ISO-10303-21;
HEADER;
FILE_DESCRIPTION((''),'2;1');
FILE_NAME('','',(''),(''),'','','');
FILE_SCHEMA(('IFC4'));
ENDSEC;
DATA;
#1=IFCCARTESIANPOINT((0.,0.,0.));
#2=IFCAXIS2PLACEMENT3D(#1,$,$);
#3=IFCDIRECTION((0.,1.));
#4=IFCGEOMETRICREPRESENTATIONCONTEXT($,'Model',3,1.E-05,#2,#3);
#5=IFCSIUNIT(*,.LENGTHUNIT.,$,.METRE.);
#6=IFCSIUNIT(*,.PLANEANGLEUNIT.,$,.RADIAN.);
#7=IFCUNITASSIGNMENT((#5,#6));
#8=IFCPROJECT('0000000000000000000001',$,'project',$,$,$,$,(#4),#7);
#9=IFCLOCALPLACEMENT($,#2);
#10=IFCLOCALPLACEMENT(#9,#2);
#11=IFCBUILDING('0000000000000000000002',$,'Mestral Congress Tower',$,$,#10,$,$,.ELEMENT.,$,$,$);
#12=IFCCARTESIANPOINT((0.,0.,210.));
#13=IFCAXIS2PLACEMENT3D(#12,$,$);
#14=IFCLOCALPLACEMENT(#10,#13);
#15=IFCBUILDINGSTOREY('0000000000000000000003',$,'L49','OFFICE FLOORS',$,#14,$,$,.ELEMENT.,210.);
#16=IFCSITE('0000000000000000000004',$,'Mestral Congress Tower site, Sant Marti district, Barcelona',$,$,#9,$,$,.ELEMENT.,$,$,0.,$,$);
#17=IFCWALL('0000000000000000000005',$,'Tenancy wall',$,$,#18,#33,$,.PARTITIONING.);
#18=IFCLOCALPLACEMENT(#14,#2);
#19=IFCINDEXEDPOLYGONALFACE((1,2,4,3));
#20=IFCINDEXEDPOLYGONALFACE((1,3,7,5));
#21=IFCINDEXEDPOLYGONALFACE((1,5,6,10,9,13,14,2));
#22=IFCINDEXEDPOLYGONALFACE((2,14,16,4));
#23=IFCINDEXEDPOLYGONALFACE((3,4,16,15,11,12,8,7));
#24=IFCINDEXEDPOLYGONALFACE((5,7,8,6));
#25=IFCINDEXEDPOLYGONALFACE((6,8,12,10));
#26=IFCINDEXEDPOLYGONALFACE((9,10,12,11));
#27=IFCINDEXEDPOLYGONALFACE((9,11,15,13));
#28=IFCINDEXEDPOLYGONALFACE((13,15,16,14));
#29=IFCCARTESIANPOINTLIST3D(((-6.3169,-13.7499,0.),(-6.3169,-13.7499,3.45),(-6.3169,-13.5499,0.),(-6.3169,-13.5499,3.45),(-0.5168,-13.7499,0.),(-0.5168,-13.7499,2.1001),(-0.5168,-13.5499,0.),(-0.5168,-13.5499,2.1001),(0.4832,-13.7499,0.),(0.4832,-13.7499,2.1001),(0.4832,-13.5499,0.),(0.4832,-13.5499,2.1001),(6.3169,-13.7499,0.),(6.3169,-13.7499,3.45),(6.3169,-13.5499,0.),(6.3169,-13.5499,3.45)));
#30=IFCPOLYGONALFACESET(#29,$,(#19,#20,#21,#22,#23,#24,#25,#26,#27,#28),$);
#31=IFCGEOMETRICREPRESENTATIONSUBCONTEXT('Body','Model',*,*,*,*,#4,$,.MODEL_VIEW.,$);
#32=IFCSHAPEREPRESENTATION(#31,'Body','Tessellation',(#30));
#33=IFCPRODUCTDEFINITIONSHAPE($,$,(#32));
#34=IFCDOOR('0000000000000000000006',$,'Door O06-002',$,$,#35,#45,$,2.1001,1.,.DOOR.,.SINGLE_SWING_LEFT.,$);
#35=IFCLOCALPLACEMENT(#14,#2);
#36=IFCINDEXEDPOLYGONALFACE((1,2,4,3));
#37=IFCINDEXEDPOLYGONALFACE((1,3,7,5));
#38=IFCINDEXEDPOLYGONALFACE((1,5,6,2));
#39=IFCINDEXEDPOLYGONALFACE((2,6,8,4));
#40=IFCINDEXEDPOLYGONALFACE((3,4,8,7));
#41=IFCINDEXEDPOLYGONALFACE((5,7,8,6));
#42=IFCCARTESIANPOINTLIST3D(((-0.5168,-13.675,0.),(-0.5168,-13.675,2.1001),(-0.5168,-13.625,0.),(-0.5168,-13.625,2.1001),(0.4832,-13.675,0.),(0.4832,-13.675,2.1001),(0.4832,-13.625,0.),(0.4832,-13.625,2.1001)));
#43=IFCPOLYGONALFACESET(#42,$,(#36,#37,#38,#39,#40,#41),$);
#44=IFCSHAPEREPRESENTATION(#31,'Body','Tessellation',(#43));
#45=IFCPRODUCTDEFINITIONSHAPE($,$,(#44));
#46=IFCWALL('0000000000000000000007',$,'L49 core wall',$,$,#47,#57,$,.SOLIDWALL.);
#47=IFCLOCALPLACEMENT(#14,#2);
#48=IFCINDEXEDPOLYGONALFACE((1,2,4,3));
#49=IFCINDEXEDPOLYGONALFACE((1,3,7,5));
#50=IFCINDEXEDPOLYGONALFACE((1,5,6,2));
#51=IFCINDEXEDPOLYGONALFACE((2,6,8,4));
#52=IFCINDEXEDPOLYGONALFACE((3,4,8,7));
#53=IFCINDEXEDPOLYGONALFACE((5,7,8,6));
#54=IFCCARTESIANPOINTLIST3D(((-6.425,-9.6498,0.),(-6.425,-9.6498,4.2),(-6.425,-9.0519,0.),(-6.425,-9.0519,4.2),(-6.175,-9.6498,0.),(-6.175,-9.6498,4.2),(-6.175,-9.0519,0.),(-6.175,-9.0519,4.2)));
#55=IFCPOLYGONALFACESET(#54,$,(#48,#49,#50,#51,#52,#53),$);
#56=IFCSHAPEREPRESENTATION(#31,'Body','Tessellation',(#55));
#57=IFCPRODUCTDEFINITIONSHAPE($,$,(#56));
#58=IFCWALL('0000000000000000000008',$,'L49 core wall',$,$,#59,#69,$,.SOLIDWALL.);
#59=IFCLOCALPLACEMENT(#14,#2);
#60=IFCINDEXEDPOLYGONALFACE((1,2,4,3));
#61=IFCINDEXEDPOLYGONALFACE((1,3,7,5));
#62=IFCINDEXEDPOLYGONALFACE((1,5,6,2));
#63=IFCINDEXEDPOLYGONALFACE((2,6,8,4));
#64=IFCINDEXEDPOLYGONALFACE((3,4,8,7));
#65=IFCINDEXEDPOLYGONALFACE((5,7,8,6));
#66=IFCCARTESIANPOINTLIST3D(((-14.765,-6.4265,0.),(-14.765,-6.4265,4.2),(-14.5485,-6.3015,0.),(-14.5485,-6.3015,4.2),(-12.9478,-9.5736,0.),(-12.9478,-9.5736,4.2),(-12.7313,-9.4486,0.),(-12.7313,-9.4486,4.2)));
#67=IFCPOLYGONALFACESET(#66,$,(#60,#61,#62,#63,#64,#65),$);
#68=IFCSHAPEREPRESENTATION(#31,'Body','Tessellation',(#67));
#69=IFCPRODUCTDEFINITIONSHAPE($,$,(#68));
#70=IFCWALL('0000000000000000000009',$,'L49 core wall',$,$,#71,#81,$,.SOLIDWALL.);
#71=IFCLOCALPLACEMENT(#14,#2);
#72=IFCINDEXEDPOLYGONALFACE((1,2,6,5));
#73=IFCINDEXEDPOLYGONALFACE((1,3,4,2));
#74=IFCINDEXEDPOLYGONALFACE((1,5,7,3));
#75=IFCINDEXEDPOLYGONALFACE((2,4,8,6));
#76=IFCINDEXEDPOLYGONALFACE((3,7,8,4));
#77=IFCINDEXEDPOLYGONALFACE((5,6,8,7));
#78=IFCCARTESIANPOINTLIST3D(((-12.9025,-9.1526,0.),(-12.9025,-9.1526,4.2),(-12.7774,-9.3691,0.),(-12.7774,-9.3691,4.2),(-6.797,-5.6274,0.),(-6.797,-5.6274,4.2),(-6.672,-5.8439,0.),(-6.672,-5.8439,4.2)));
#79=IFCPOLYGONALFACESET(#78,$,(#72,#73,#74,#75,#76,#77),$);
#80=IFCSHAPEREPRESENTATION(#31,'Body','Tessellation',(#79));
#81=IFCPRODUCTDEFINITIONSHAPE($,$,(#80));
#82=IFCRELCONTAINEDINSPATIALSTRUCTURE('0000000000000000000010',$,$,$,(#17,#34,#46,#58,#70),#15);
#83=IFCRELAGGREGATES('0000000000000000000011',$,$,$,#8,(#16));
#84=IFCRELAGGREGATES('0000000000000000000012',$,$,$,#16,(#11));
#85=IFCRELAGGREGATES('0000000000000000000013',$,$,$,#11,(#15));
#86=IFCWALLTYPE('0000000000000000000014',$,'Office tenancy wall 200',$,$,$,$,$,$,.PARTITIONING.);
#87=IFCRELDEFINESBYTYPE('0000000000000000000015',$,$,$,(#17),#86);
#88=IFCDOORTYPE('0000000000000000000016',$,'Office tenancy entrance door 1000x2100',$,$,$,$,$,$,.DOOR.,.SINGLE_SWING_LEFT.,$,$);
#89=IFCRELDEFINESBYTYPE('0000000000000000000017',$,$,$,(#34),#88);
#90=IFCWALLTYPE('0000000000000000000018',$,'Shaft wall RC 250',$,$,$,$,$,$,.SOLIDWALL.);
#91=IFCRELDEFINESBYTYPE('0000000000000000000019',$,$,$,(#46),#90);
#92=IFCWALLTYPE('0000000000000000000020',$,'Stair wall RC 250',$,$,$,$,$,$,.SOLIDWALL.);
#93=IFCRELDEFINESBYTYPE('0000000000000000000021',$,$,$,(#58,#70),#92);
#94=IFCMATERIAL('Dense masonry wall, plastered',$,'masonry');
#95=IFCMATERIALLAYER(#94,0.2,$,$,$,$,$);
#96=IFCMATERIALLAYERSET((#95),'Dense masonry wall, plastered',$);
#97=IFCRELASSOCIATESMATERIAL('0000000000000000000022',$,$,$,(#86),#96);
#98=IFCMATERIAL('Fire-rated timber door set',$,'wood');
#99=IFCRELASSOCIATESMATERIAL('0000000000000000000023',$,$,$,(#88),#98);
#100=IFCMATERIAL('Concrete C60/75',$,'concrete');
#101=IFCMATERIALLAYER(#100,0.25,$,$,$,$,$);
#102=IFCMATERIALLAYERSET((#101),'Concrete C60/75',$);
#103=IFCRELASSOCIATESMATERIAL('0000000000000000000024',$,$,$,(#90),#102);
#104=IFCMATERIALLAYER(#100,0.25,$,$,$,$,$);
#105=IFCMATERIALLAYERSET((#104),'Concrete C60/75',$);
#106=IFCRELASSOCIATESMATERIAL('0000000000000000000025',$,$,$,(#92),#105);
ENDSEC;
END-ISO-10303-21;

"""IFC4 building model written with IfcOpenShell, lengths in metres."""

from ifc_helpers import new_model, si_unit, direction, frame, frame_2d, origin, place, context, subcontext, project, spatial, rectangle, extrude, material, layer, layer_set, type_object, element, fill, save


model = new_model("IFC4")

# Units and contexts
model_context = context("Model", 3, precision=1e-05, world=origin(), true_north=direction((0.0, 1.0)))
body_context = subcontext(model_context, "Body", "Model", "MODEL_VIEW")
ifc_project = project(units=[si_unit("LENGTHUNIT", "METRE"), si_unit("PLANEANGLEUNIT", "RADIAN")], contexts=[model_context])

# Site, building, storey
site_placement = place(None, origin())
site = spatial("IfcSite", under=ifc_project, at=site_placement, Name="Mestral Congress Tower site, Sant Marti district, Barcelona", CompositionType="ELEMENT", RefElevation=0.0)
building_placement = place(site_placement, origin())
building = spatial("IfcBuilding", under=site, at=building_placement, Name="Mestral Congress Tower", CompositionType="ELEMENT")
storey_placement = place(building_placement, frame((0.0, 0.0, 210.0)))
storey = spatial("IfcBuildingStorey", under=building, at=storey_placement, Name="L49", Description="OFFICE FLOORS", CompositionType="ELEMENT", Elevation=210.0)

# Shared definitions
ifc_material_1 = material(Name="Concrete C60/75", Category="concrete")

# Shared definitions
ifc_material_2 = material(Name="Dense masonry wall, plastered", Category="masonry")
ifc_layer_1 = layer(ifc_material_2, 0.2)
ifc_layer_set_1 = layer_set([ifc_layer_1], Name="Dense masonry wall, plastered")
wall_type_1 = type_object("IfcWallType", Name="Office tenancy wall 200", PredefinedType="PARTITIONING", material=ifc_layer_set_1)

# Wall, opening, door
ifc_material_3 = material(Name="Fire-rated timber door set", Category="wood")
door_type_1 = type_object("IfcDoorType", Name="Office tenancy entrance door 1000x2100", OperationType="SINGLE_SWING_LEFT", PredefinedType="DOOR", material=ifc_material_3)
wall_1_placement = place(storey_placement, frame((-6.3169, -13.6499, 0.0), z_axis=(0.0, 0.0, 1.0), x_axis=(1.0, 0.0, 0.0)))
wall_1 = element("IfcWall", 1, at=wall_1_placement, inside=storey, type_object=wall_type_1, Name="Tenancy wall", PredefinedType="PARTITIONING", context=body_context, shape_type="SweptSolid", body=[
    extrude(rectangle(XDim=12.6338, YDim=0.2, at=frame_2d((6.3169, 0.0))), origin(), (0.0, 0.0, 1.0), 3.45),
])
opening_1_placement = place(wall_1_placement, frame((5.8, 0.0, 0.0)))
opening_1 = element("IfcOpeningElement", 2, at=opening_1_placement, cuts=wall_1, PredefinedType="OPENING", context=body_context, shape_type="SweptSolid", body=[
    extrude(rectangle(XDim=1.0, YDim=2.1001, at=frame_2d((0.5, 1.05))), frame((0.0, 0.1099, 0.0), z_axis=(0.0, -1.0, 0.0), x_axis=(1.0, 0.0, 0.0)), (0.0, 0.0, 1.0), 0.22),
])
door_1_placement = place(opening_1_placement, origin())
door_1 = element("IfcDoor", 3, at=door_1_placement, inside=storey, type_object=door_type_1, Name="Door O06-002", OperationType="SINGLE_SWING_LEFT", OverallHeight=2.1001, OverallWidth=1.0, PredefinedType="DOOR", context=body_context, shape_type="SweptSolid", body=[
    extrude(rectangle(XDim=1.0, YDim=2.1001, at=frame_2d((0.5, 1.05))), frame((0.0, 0.0249, 0.0), z_axis=(0.0, -1.0, 0.0), x_axis=(1.0, 0.0, 0.0)), (0.0, 0.0, 1.0), 0.05),
])
fill(opening_1, door_1)

# Walls
ifc_layer_2 = layer(ifc_material_1, 0.25)
ifc_layer_set_2 = layer_set([ifc_layer_2], Name="Concrete C60/75")
wall_type_2 = type_object("IfcWallType", Name="Shaft wall RC 250", PredefinedType="SOLIDWALL", material=ifc_layer_set_2)
wall_2_placement = place(storey_placement, frame((-6.3, -9.052, 0.0), z_axis=(0.0, 0.0, 1.0), x_axis=(0.0, -1.0, 0.0)))
element("IfcWall", 4, at=wall_2_placement, inside=storey, type_object=wall_type_2, Name="L49 core wall", PredefinedType="SOLIDWALL", context=body_context, shape_type="SweptSolid", body=[
    extrude(rectangle(XDim=0.5979, YDim=0.25, at=frame_2d((0.2988, 0.0))), origin(), (0.0, 0.0, 1.0), 4.2),
])
ifc_layer_3 = layer(ifc_material_1, 0.25)
ifc_layer_set_3 = layer_set([ifc_layer_3], Name="Concrete C60/75")
wall_type_3 = type_object("IfcWallType", Name="Stair wall RC 250", PredefinedType="SOLIDWALL", material=ifc_layer_set_3)
wall_3_placement = place(storey_placement, frame((-12.8396, -9.511, 0.0), z_axis=(0.0, 0.0, 1.0), x_axis=(-0.500048, 0.865998, 0.0)))
element("IfcWall", 5, at=wall_3_placement, inside=storey, type_object=wall_type_3, Name="L49 core wall", PredefinedType="SOLIDWALL", context=body_context, shape_type="SweptSolid", body=[
    extrude(rectangle(XDim=3.634, YDim=0.25, at=frame_2d((1.8169, 0.0))), origin(), (0.0, 0.0, 1.0), 4.2),
])
wall_4_placement = place(storey_placement, frame((-12.8398, -9.2607, 0.0), z_axis=(0.0, 0.0, 1.0), x_axis=(0.866016, 0.500016, 0.0)))
element("IfcWall", 6, at=wall_4_placement, inside=storey, type_object=wall_type_3, Name="L49 core wall", PredefinedType="SOLIDWALL", context=body_context, shape_type="SweptSolid", body=[
    extrude(rectangle(XDim=7.05, YDim=0.25, at=frame_2d((3.5249, 0.0))), origin(), (0.0, 0.0, 1.0), 4.2),
])

save(model, "model.ifc")
